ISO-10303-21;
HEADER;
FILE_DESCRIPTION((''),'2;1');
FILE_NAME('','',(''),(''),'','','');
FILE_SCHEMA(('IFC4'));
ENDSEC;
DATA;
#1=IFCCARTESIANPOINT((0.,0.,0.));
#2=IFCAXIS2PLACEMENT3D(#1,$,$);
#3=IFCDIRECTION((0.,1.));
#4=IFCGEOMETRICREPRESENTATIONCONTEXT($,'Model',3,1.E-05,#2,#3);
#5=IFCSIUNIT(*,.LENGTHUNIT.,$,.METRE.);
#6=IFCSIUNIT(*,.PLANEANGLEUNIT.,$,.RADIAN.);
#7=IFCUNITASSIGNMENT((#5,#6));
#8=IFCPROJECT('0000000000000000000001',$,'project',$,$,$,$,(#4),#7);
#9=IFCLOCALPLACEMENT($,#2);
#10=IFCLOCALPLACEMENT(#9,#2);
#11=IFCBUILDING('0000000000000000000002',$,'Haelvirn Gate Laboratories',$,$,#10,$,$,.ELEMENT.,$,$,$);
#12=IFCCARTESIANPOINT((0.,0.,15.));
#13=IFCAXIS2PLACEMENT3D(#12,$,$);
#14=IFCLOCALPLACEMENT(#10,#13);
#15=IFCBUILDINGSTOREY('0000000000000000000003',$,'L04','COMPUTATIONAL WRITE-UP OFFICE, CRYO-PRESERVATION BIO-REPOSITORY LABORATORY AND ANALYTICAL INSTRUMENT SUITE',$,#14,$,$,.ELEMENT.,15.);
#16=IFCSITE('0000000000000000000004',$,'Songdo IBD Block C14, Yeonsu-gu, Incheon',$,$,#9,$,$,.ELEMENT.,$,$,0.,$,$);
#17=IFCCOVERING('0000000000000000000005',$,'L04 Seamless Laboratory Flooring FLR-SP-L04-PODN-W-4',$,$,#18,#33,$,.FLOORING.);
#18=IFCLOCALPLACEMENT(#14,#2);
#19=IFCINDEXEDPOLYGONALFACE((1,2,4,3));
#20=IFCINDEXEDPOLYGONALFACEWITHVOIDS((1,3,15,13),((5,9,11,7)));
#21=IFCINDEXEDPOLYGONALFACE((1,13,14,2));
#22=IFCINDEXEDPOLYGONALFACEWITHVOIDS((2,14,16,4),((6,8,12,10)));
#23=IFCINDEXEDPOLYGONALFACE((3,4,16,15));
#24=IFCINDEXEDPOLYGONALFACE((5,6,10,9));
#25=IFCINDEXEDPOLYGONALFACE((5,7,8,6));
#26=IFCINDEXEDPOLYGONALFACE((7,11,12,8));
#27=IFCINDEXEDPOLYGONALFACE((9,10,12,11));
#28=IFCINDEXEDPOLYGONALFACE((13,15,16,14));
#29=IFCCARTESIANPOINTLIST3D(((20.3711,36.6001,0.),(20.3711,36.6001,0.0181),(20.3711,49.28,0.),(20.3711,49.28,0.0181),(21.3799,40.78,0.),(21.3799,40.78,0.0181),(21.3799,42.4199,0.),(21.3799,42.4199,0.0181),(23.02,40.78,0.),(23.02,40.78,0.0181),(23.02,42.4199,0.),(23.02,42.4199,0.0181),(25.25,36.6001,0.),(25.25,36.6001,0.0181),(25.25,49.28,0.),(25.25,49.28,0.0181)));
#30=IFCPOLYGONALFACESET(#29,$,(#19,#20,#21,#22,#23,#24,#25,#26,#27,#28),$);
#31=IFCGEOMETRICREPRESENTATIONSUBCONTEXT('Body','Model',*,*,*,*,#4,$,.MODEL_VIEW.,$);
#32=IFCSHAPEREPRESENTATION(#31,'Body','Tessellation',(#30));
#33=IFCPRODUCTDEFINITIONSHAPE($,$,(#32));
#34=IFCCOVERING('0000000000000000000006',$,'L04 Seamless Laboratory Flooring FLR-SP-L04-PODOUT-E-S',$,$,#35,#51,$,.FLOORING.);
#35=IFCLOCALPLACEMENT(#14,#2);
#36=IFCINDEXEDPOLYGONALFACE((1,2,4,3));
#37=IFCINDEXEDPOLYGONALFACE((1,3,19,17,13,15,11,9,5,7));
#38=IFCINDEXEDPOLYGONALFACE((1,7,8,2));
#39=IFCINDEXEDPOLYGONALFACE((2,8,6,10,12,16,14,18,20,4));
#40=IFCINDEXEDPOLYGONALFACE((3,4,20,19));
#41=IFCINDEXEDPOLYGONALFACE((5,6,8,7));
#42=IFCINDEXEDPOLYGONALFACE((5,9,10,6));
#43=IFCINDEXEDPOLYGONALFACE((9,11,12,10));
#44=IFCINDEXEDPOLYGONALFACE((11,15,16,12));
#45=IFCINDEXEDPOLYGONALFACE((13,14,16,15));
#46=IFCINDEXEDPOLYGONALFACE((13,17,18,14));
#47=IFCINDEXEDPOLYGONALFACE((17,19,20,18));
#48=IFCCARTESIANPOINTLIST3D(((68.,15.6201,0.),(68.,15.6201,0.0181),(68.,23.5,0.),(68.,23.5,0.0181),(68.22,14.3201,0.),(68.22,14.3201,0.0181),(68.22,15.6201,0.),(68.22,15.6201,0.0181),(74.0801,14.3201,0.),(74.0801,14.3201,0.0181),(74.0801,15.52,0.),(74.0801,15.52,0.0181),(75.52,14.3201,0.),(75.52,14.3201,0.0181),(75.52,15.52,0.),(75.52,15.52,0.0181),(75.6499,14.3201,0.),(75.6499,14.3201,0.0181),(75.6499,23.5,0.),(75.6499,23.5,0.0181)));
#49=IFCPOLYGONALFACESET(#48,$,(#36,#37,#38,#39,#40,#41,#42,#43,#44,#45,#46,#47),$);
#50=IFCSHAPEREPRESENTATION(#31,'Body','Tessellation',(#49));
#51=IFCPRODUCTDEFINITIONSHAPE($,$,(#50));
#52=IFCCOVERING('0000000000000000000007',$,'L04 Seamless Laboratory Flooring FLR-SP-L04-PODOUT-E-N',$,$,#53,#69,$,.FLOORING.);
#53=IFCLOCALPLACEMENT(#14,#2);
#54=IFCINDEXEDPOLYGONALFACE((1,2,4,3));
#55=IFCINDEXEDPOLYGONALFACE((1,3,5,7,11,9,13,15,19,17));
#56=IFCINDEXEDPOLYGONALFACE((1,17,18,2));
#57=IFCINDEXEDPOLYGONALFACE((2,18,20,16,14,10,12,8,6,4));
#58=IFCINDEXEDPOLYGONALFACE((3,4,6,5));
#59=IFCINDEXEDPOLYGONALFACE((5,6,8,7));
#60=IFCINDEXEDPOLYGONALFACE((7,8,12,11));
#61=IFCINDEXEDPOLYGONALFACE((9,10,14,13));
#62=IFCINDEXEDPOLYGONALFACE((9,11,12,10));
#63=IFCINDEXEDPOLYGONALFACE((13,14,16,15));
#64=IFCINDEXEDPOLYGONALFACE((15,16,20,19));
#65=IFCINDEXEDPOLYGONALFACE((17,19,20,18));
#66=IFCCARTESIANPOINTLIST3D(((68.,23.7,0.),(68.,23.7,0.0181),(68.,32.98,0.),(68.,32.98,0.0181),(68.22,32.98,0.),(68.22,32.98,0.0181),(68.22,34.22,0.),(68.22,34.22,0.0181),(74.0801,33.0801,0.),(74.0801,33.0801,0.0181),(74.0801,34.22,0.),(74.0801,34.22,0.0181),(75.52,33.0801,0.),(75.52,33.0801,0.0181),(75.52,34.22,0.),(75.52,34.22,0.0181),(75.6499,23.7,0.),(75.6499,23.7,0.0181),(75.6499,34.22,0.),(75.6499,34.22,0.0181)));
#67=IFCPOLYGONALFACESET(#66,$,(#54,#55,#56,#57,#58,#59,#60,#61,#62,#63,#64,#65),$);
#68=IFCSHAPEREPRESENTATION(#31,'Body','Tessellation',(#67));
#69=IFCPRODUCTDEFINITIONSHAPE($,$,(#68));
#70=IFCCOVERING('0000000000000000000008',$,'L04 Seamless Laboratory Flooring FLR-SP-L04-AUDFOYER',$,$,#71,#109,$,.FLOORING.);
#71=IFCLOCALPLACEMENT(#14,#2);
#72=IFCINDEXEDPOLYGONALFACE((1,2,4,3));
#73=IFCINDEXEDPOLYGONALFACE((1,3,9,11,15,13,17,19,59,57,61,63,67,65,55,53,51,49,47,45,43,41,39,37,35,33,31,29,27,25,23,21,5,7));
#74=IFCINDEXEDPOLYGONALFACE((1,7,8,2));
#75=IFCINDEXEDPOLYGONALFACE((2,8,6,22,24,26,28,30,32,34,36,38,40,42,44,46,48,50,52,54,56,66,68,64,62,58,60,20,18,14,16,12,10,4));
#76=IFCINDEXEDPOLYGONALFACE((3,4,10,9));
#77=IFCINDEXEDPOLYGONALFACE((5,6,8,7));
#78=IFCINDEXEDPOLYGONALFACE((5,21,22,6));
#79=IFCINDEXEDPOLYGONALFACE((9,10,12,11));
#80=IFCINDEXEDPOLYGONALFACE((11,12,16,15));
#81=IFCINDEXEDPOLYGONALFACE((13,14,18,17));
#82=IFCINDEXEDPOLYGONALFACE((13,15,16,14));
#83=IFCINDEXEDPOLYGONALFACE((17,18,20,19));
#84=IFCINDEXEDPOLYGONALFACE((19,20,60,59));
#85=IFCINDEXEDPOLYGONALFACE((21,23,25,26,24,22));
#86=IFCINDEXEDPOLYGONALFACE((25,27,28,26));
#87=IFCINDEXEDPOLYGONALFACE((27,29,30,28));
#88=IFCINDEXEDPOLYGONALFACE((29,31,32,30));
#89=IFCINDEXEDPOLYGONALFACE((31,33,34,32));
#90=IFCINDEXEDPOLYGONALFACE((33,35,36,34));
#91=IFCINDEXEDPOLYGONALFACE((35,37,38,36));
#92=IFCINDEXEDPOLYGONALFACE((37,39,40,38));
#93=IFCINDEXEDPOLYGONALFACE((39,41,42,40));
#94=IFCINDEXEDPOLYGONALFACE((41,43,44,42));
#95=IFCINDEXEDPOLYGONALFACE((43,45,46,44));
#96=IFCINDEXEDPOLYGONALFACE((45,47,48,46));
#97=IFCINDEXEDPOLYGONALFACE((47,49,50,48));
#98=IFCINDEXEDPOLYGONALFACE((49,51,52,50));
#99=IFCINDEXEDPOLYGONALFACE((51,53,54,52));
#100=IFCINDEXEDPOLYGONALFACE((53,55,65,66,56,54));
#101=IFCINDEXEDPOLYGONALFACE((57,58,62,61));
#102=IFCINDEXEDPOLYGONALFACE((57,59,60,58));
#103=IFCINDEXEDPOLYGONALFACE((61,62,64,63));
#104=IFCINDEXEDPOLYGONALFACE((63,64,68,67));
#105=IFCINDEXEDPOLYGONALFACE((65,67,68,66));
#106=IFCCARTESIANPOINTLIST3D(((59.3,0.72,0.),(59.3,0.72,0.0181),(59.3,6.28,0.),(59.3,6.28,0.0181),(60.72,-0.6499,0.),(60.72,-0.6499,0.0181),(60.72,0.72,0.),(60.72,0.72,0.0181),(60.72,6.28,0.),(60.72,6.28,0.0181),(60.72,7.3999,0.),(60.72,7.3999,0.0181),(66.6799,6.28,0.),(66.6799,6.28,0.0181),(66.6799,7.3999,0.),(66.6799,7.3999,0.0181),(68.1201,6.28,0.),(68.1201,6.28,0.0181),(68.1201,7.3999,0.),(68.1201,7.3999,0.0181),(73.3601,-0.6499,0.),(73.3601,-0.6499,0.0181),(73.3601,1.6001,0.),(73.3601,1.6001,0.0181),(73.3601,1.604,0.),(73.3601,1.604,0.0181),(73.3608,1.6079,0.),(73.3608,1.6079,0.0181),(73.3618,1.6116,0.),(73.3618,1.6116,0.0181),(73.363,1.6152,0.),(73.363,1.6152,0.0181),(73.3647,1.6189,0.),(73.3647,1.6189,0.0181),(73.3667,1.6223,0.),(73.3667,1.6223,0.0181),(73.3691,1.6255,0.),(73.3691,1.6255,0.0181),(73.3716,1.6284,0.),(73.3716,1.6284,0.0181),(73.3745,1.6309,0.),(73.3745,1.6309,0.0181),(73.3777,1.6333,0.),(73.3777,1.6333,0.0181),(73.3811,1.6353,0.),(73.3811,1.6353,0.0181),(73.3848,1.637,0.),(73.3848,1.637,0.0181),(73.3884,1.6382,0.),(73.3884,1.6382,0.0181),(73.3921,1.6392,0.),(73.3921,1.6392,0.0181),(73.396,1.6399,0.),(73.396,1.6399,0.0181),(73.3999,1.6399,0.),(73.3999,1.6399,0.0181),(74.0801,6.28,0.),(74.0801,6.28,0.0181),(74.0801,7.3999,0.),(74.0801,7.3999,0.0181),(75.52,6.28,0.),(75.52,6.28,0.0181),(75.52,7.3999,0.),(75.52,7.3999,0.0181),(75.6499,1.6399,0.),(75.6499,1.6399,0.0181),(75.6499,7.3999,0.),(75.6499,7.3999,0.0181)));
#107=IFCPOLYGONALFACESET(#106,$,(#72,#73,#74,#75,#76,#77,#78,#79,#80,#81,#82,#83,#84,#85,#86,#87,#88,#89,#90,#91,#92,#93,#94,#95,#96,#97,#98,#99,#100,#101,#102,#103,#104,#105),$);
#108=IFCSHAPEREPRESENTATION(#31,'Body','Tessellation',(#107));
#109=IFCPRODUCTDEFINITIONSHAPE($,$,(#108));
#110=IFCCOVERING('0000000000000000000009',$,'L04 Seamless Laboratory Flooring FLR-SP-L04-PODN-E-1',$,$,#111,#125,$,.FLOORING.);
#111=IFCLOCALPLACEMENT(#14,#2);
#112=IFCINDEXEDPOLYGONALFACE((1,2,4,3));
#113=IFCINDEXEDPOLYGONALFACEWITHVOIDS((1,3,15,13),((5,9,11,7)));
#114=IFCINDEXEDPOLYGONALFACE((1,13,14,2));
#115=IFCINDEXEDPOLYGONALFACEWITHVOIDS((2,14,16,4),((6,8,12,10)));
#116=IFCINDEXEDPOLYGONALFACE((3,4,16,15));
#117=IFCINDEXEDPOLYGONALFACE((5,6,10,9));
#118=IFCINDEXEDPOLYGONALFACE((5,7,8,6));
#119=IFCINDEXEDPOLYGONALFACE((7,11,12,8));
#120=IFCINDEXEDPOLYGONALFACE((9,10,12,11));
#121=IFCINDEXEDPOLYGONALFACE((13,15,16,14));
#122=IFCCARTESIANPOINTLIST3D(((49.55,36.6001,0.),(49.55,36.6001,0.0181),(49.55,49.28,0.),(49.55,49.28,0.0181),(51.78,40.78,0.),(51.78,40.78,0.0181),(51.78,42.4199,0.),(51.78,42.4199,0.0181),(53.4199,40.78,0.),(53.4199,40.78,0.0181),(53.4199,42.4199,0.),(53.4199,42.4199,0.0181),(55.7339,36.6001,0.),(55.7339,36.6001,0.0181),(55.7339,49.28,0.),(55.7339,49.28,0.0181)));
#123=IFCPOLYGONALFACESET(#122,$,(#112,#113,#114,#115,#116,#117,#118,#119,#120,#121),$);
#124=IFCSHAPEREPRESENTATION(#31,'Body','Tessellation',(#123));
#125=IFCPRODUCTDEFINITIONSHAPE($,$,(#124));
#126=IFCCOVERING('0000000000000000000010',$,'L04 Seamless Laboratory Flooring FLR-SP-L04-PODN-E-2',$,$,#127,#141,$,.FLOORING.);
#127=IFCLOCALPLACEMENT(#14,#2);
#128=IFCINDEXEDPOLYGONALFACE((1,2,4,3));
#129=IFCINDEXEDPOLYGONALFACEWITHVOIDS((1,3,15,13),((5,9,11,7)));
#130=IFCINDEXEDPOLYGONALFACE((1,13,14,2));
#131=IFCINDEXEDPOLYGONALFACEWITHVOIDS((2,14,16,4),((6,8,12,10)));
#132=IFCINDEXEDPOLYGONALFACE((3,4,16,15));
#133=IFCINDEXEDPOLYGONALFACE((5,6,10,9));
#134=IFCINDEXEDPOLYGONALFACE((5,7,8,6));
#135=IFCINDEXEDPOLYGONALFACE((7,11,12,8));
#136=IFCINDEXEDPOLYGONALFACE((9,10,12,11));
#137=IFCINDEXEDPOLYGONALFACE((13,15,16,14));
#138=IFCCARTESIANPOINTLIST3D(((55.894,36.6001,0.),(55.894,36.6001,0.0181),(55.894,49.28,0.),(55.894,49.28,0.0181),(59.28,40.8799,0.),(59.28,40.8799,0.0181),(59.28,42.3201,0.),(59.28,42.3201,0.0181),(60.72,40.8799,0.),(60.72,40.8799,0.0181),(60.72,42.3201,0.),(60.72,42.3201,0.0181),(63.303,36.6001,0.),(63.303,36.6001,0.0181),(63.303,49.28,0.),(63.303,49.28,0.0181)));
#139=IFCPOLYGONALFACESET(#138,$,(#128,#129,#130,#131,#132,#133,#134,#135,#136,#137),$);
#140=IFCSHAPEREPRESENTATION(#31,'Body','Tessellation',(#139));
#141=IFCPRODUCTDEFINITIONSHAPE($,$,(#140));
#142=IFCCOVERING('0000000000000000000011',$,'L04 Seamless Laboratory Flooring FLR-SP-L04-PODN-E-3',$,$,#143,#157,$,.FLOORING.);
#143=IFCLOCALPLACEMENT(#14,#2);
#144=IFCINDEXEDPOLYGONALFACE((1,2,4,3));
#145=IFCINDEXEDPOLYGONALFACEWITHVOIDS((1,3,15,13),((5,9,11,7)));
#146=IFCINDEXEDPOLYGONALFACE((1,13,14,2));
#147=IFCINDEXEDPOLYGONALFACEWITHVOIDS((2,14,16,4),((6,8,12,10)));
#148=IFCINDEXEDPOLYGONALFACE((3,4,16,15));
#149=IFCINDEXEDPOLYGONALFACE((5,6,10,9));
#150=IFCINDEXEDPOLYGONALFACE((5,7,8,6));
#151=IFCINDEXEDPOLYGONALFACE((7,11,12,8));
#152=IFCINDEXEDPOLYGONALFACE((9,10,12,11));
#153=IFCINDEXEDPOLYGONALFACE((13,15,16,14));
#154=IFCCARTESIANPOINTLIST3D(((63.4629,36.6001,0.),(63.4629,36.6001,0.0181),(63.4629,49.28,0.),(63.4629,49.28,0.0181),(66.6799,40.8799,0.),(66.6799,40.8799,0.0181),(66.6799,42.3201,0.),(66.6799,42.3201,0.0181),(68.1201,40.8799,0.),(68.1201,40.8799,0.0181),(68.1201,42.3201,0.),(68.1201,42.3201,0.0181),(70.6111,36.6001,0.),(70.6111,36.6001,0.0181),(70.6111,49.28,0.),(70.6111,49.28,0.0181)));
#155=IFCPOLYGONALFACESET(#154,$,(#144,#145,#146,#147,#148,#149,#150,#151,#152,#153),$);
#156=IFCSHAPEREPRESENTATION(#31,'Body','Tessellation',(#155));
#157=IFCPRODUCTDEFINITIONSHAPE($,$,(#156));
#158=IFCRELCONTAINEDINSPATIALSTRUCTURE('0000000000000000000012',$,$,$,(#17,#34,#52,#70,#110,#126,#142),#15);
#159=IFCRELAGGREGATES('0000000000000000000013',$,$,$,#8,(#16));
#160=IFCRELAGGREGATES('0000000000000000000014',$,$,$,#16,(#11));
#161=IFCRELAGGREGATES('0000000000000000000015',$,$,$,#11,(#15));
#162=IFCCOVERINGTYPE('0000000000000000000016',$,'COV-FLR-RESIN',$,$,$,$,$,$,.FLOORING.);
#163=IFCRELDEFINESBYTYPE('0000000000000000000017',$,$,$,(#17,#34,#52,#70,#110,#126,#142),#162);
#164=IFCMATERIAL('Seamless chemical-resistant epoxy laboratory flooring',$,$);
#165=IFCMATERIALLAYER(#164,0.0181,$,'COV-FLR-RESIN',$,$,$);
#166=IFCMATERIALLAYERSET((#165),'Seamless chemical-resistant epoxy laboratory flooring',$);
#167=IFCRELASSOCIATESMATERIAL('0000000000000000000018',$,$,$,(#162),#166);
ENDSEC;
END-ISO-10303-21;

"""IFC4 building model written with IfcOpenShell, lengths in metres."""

from ifc_helpers import new_model, si_unit, direction, frame, origin, place, context, subcontext, project, spatial, polyline, outline, extrude, material, layer, layer_set, type_object, element, save


model = new_model("IFC4")

# Units and contexts
model_context = context("Model", 3, precision=1e-05, world=origin(), true_north=direction((0.0, 1.0)))
body_context = subcontext(model_context, "Body", "Model", "MODEL_VIEW")
ifc_project = project(units=[si_unit("LENGTHUNIT", "METRE"), si_unit("PLANEANGLEUNIT", "RADIAN")], contexts=[model_context])

# Site, building, storey
site_placement = place(None, origin())
site = spatial("IfcSite", under=ifc_project, at=site_placement, Name="Songdo IBD Block C14, Yeonsu-gu, Incheon", CompositionType="ELEMENT", RefElevation=0.0)
building_placement = place(site_placement, origin())
building = spatial("IfcBuilding", under=site, at=building_placement, Name="Haelvirn Gate Laboratories", CompositionType="ELEMENT")
storey_placement = place(building_placement, frame((0.0, 0.0, 15.0)))
storey = spatial("IfcBuildingStorey", under=building, at=storey_placement, Name="L04", Description="COMPUTATIONAL WRITE-UP OFFICE, CRYO-PRESERVATION BIO-REPOSITORY LABORATORY AND ANALYTICAL INSTRUMENT SUITE", CompositionType="ELEMENT", Elevation=15.0)

# Coverings
ifc_material_1 = material(Name="Seamless chemical-resistant epoxy laboratory flooring")
ifc_layer_1 = layer(ifc_material_1, 0.0181, Name="COV-FLR-RESIN")
ifc_layer_set_1 = layer_set([ifc_layer_1], Name="Seamless chemical-resistant epoxy laboratory flooring")
covering_type_1 = type_object("IfcCoveringType", Name="COV-FLR-RESIN", PredefinedType="FLOORING", material=ifc_layer_set_1)
covering_1_placement = place(storey_placement, origin())
element("IfcCovering", 1, at=covering_1_placement, inside=storey, type_object=covering_type_1, Name="L04 Seamless Laboratory Flooring FLR-SP-L04-PODN-W-4", PredefinedType="FLOORING", context=body_context, shape_type="SweptSolid", body=[
    extrude(outline(polyline([(25.25, 49.28), (25.25, 36.6001), (20.3711, 36.6001), (20.3711, 49.28), (25.25, 49.28)]), holes=[polyline([(21.3799, 42.4199), (21.3799, 40.78), (23.02, 40.78), (23.02, 42.4199), (21.3799, 42.4199)])]), origin(), (0.0, 0.0, 1.0), 0.0181),
])
covering_2_placement = place(storey_placement, origin())
element("IfcCovering", 2, at=covering_2_placement, inside=storey, type_object=covering_type_1, Name="L04 Seamless Laboratory Flooring FLR-SP-L04-PODOUT-E-S", PredefinedType="FLOORING", context=body_context, shape_type="SweptSolid", body=[
    extrude(outline(polyline([(75.6499, 14.3201), (75.52, 14.3201), (75.52, 15.52), (74.0801, 15.52), (74.0801, 14.3201), (68.22, 14.3201), (68.22, 15.6201), (68.0, 15.6201), (68.0, 23.5), (75.6499, 23.5), (75.6499, 14.3201)])), origin(), (0.0, 0.0, 1.0), 0.0181),
])
covering_3_placement = place(storey_placement, origin())
element("IfcCovering", 3, at=covering_3_placement, inside=storey, type_object=covering_type_1, Name="L04 Seamless Laboratory Flooring FLR-SP-L04-PODOUT-E-N", PredefinedType="FLOORING", context=body_context, shape_type="SweptSolid", body=[
    extrude(outline(polyline([(68.22, 34.22), (74.0801, 34.22), (74.0801, 33.0801), (75.52, 33.0801), (75.52, 34.22), (75.6499, 34.22), (75.6499, 23.7), (68.0, 23.7), (68.0, 32.98), (68.22, 32.98), (68.22, 34.22)])), origin(), (0.0, 0.0, 1.0), 0.0181),
])
covering_4_placement = place(storey_placement, origin())
element("IfcCovering", 4, at=covering_4_placement, inside=storey, type_object=covering_type_1, Name="L04 Seamless Laboratory Flooring FLR-SP-L04-AUDFOYER", PredefinedType="FLOORING", context=body_context, shape_type="SweptSolid", body=[
    extrude(outline(polyline([(66.6799, 6.28), (68.1201, 6.28), (68.1201, 7.3999), (74.0801, 7.3999), (74.0801, 6.28), (75.52, 6.28), (75.52, 7.3999), (75.6499, 7.3999), (75.6499, 1.6399), (73.3999, 1.6399), (73.396, 1.6399), (73.3921, 1.6392), (73.3884, 1.6382), (73.3848, 1.637), (73.3811, 1.6353), (73.3777, 1.6333), (73.3745, 1.6309), (73.3716, 1.6284), (73.3691, 1.6255), (73.3667, 1.6223), (73.3647, 1.6189), (73.363, 1.6152), (73.3618, 1.6116), (73.3608, 1.6079), (73.3601, 1.604), (73.3601, 1.6001), (73.3601, -0.6499), (60.72, -0.6499), (60.72, 0.72), (59.3, 0.72), (59.3, 6.28), (60.72, 6.28), (60.72, 7.3999), (66.6799, 7.3999), (66.6799, 6.28)])), origin(), (0.0, 0.0, 1.0), 0.0181),
])
covering_5_placement = place(storey_placement, origin())
element("IfcCovering", 5, at=covering_5_placement, inside=storey, type_object=covering_type_1, Name="L04 Seamless Laboratory Flooring FLR-SP-L04-PODN-E-1", PredefinedType="FLOORING", context=body_context, shape_type="SweptSolid", body=[
    extrude(outline(polyline([(55.7339, 49.28), (55.7339, 36.6001), (49.55, 36.6001), (49.55, 49.28), (55.7339, 49.28)]), holes=[polyline([(51.78, 42.4199), (51.78, 40.78), (53.4199, 40.78), (53.4199, 42.4199), (51.78, 42.4199)])]), origin(), (0.0, 0.0, 1.0), 0.0181),
])
covering_6_placement = place(storey_placement, origin())
element("IfcCovering", 6, at=covering_6_placement, inside=storey, type_object=covering_type_1, Name="L04 Seamless Laboratory Flooring FLR-SP-L04-PODN-E-2", PredefinedType="FLOORING", context=body_context, shape_type="SweptSolid", body=[
    extrude(outline(polyline([(63.303, 49.28), (63.303, 36.6001), (55.894, 36.6001), (55.894, 49.28), (63.303, 49.28)]), holes=[polyline([(59.28, 42.3201), (59.28, 40.8799), (60.72, 40.8799), (60.72, 42.3201), (59.28, 42.3201)])]), origin(), (0.0, 0.0, 1.0), 0.0181),
])
covering_7_placement = place(storey_placement, origin())
element("IfcCovering", 7, at=covering_7_placement, inside=storey, type_object=covering_type_1, Name="L04 Seamless Laboratory Flooring FLR-SP-L04-PODN-E-3", PredefinedType="FLOORING", context=body_context, shape_type="SweptSolid", body=[
    extrude(outline(polyline([(70.6111, 49.28), (70.6111, 36.6001), (63.4629, 36.6001), (63.4629, 49.28), (70.6111, 49.28)]), holes=[polyline([(66.6799, 42.3201), (66.6799, 40.8799), (68.1201, 40.8799), (68.1201, 42.3201), (66.6799, 42.3201)])]), origin(), (0.0, 0.0, 1.0), 0.0181),
])

save(model, "model.ifc")
